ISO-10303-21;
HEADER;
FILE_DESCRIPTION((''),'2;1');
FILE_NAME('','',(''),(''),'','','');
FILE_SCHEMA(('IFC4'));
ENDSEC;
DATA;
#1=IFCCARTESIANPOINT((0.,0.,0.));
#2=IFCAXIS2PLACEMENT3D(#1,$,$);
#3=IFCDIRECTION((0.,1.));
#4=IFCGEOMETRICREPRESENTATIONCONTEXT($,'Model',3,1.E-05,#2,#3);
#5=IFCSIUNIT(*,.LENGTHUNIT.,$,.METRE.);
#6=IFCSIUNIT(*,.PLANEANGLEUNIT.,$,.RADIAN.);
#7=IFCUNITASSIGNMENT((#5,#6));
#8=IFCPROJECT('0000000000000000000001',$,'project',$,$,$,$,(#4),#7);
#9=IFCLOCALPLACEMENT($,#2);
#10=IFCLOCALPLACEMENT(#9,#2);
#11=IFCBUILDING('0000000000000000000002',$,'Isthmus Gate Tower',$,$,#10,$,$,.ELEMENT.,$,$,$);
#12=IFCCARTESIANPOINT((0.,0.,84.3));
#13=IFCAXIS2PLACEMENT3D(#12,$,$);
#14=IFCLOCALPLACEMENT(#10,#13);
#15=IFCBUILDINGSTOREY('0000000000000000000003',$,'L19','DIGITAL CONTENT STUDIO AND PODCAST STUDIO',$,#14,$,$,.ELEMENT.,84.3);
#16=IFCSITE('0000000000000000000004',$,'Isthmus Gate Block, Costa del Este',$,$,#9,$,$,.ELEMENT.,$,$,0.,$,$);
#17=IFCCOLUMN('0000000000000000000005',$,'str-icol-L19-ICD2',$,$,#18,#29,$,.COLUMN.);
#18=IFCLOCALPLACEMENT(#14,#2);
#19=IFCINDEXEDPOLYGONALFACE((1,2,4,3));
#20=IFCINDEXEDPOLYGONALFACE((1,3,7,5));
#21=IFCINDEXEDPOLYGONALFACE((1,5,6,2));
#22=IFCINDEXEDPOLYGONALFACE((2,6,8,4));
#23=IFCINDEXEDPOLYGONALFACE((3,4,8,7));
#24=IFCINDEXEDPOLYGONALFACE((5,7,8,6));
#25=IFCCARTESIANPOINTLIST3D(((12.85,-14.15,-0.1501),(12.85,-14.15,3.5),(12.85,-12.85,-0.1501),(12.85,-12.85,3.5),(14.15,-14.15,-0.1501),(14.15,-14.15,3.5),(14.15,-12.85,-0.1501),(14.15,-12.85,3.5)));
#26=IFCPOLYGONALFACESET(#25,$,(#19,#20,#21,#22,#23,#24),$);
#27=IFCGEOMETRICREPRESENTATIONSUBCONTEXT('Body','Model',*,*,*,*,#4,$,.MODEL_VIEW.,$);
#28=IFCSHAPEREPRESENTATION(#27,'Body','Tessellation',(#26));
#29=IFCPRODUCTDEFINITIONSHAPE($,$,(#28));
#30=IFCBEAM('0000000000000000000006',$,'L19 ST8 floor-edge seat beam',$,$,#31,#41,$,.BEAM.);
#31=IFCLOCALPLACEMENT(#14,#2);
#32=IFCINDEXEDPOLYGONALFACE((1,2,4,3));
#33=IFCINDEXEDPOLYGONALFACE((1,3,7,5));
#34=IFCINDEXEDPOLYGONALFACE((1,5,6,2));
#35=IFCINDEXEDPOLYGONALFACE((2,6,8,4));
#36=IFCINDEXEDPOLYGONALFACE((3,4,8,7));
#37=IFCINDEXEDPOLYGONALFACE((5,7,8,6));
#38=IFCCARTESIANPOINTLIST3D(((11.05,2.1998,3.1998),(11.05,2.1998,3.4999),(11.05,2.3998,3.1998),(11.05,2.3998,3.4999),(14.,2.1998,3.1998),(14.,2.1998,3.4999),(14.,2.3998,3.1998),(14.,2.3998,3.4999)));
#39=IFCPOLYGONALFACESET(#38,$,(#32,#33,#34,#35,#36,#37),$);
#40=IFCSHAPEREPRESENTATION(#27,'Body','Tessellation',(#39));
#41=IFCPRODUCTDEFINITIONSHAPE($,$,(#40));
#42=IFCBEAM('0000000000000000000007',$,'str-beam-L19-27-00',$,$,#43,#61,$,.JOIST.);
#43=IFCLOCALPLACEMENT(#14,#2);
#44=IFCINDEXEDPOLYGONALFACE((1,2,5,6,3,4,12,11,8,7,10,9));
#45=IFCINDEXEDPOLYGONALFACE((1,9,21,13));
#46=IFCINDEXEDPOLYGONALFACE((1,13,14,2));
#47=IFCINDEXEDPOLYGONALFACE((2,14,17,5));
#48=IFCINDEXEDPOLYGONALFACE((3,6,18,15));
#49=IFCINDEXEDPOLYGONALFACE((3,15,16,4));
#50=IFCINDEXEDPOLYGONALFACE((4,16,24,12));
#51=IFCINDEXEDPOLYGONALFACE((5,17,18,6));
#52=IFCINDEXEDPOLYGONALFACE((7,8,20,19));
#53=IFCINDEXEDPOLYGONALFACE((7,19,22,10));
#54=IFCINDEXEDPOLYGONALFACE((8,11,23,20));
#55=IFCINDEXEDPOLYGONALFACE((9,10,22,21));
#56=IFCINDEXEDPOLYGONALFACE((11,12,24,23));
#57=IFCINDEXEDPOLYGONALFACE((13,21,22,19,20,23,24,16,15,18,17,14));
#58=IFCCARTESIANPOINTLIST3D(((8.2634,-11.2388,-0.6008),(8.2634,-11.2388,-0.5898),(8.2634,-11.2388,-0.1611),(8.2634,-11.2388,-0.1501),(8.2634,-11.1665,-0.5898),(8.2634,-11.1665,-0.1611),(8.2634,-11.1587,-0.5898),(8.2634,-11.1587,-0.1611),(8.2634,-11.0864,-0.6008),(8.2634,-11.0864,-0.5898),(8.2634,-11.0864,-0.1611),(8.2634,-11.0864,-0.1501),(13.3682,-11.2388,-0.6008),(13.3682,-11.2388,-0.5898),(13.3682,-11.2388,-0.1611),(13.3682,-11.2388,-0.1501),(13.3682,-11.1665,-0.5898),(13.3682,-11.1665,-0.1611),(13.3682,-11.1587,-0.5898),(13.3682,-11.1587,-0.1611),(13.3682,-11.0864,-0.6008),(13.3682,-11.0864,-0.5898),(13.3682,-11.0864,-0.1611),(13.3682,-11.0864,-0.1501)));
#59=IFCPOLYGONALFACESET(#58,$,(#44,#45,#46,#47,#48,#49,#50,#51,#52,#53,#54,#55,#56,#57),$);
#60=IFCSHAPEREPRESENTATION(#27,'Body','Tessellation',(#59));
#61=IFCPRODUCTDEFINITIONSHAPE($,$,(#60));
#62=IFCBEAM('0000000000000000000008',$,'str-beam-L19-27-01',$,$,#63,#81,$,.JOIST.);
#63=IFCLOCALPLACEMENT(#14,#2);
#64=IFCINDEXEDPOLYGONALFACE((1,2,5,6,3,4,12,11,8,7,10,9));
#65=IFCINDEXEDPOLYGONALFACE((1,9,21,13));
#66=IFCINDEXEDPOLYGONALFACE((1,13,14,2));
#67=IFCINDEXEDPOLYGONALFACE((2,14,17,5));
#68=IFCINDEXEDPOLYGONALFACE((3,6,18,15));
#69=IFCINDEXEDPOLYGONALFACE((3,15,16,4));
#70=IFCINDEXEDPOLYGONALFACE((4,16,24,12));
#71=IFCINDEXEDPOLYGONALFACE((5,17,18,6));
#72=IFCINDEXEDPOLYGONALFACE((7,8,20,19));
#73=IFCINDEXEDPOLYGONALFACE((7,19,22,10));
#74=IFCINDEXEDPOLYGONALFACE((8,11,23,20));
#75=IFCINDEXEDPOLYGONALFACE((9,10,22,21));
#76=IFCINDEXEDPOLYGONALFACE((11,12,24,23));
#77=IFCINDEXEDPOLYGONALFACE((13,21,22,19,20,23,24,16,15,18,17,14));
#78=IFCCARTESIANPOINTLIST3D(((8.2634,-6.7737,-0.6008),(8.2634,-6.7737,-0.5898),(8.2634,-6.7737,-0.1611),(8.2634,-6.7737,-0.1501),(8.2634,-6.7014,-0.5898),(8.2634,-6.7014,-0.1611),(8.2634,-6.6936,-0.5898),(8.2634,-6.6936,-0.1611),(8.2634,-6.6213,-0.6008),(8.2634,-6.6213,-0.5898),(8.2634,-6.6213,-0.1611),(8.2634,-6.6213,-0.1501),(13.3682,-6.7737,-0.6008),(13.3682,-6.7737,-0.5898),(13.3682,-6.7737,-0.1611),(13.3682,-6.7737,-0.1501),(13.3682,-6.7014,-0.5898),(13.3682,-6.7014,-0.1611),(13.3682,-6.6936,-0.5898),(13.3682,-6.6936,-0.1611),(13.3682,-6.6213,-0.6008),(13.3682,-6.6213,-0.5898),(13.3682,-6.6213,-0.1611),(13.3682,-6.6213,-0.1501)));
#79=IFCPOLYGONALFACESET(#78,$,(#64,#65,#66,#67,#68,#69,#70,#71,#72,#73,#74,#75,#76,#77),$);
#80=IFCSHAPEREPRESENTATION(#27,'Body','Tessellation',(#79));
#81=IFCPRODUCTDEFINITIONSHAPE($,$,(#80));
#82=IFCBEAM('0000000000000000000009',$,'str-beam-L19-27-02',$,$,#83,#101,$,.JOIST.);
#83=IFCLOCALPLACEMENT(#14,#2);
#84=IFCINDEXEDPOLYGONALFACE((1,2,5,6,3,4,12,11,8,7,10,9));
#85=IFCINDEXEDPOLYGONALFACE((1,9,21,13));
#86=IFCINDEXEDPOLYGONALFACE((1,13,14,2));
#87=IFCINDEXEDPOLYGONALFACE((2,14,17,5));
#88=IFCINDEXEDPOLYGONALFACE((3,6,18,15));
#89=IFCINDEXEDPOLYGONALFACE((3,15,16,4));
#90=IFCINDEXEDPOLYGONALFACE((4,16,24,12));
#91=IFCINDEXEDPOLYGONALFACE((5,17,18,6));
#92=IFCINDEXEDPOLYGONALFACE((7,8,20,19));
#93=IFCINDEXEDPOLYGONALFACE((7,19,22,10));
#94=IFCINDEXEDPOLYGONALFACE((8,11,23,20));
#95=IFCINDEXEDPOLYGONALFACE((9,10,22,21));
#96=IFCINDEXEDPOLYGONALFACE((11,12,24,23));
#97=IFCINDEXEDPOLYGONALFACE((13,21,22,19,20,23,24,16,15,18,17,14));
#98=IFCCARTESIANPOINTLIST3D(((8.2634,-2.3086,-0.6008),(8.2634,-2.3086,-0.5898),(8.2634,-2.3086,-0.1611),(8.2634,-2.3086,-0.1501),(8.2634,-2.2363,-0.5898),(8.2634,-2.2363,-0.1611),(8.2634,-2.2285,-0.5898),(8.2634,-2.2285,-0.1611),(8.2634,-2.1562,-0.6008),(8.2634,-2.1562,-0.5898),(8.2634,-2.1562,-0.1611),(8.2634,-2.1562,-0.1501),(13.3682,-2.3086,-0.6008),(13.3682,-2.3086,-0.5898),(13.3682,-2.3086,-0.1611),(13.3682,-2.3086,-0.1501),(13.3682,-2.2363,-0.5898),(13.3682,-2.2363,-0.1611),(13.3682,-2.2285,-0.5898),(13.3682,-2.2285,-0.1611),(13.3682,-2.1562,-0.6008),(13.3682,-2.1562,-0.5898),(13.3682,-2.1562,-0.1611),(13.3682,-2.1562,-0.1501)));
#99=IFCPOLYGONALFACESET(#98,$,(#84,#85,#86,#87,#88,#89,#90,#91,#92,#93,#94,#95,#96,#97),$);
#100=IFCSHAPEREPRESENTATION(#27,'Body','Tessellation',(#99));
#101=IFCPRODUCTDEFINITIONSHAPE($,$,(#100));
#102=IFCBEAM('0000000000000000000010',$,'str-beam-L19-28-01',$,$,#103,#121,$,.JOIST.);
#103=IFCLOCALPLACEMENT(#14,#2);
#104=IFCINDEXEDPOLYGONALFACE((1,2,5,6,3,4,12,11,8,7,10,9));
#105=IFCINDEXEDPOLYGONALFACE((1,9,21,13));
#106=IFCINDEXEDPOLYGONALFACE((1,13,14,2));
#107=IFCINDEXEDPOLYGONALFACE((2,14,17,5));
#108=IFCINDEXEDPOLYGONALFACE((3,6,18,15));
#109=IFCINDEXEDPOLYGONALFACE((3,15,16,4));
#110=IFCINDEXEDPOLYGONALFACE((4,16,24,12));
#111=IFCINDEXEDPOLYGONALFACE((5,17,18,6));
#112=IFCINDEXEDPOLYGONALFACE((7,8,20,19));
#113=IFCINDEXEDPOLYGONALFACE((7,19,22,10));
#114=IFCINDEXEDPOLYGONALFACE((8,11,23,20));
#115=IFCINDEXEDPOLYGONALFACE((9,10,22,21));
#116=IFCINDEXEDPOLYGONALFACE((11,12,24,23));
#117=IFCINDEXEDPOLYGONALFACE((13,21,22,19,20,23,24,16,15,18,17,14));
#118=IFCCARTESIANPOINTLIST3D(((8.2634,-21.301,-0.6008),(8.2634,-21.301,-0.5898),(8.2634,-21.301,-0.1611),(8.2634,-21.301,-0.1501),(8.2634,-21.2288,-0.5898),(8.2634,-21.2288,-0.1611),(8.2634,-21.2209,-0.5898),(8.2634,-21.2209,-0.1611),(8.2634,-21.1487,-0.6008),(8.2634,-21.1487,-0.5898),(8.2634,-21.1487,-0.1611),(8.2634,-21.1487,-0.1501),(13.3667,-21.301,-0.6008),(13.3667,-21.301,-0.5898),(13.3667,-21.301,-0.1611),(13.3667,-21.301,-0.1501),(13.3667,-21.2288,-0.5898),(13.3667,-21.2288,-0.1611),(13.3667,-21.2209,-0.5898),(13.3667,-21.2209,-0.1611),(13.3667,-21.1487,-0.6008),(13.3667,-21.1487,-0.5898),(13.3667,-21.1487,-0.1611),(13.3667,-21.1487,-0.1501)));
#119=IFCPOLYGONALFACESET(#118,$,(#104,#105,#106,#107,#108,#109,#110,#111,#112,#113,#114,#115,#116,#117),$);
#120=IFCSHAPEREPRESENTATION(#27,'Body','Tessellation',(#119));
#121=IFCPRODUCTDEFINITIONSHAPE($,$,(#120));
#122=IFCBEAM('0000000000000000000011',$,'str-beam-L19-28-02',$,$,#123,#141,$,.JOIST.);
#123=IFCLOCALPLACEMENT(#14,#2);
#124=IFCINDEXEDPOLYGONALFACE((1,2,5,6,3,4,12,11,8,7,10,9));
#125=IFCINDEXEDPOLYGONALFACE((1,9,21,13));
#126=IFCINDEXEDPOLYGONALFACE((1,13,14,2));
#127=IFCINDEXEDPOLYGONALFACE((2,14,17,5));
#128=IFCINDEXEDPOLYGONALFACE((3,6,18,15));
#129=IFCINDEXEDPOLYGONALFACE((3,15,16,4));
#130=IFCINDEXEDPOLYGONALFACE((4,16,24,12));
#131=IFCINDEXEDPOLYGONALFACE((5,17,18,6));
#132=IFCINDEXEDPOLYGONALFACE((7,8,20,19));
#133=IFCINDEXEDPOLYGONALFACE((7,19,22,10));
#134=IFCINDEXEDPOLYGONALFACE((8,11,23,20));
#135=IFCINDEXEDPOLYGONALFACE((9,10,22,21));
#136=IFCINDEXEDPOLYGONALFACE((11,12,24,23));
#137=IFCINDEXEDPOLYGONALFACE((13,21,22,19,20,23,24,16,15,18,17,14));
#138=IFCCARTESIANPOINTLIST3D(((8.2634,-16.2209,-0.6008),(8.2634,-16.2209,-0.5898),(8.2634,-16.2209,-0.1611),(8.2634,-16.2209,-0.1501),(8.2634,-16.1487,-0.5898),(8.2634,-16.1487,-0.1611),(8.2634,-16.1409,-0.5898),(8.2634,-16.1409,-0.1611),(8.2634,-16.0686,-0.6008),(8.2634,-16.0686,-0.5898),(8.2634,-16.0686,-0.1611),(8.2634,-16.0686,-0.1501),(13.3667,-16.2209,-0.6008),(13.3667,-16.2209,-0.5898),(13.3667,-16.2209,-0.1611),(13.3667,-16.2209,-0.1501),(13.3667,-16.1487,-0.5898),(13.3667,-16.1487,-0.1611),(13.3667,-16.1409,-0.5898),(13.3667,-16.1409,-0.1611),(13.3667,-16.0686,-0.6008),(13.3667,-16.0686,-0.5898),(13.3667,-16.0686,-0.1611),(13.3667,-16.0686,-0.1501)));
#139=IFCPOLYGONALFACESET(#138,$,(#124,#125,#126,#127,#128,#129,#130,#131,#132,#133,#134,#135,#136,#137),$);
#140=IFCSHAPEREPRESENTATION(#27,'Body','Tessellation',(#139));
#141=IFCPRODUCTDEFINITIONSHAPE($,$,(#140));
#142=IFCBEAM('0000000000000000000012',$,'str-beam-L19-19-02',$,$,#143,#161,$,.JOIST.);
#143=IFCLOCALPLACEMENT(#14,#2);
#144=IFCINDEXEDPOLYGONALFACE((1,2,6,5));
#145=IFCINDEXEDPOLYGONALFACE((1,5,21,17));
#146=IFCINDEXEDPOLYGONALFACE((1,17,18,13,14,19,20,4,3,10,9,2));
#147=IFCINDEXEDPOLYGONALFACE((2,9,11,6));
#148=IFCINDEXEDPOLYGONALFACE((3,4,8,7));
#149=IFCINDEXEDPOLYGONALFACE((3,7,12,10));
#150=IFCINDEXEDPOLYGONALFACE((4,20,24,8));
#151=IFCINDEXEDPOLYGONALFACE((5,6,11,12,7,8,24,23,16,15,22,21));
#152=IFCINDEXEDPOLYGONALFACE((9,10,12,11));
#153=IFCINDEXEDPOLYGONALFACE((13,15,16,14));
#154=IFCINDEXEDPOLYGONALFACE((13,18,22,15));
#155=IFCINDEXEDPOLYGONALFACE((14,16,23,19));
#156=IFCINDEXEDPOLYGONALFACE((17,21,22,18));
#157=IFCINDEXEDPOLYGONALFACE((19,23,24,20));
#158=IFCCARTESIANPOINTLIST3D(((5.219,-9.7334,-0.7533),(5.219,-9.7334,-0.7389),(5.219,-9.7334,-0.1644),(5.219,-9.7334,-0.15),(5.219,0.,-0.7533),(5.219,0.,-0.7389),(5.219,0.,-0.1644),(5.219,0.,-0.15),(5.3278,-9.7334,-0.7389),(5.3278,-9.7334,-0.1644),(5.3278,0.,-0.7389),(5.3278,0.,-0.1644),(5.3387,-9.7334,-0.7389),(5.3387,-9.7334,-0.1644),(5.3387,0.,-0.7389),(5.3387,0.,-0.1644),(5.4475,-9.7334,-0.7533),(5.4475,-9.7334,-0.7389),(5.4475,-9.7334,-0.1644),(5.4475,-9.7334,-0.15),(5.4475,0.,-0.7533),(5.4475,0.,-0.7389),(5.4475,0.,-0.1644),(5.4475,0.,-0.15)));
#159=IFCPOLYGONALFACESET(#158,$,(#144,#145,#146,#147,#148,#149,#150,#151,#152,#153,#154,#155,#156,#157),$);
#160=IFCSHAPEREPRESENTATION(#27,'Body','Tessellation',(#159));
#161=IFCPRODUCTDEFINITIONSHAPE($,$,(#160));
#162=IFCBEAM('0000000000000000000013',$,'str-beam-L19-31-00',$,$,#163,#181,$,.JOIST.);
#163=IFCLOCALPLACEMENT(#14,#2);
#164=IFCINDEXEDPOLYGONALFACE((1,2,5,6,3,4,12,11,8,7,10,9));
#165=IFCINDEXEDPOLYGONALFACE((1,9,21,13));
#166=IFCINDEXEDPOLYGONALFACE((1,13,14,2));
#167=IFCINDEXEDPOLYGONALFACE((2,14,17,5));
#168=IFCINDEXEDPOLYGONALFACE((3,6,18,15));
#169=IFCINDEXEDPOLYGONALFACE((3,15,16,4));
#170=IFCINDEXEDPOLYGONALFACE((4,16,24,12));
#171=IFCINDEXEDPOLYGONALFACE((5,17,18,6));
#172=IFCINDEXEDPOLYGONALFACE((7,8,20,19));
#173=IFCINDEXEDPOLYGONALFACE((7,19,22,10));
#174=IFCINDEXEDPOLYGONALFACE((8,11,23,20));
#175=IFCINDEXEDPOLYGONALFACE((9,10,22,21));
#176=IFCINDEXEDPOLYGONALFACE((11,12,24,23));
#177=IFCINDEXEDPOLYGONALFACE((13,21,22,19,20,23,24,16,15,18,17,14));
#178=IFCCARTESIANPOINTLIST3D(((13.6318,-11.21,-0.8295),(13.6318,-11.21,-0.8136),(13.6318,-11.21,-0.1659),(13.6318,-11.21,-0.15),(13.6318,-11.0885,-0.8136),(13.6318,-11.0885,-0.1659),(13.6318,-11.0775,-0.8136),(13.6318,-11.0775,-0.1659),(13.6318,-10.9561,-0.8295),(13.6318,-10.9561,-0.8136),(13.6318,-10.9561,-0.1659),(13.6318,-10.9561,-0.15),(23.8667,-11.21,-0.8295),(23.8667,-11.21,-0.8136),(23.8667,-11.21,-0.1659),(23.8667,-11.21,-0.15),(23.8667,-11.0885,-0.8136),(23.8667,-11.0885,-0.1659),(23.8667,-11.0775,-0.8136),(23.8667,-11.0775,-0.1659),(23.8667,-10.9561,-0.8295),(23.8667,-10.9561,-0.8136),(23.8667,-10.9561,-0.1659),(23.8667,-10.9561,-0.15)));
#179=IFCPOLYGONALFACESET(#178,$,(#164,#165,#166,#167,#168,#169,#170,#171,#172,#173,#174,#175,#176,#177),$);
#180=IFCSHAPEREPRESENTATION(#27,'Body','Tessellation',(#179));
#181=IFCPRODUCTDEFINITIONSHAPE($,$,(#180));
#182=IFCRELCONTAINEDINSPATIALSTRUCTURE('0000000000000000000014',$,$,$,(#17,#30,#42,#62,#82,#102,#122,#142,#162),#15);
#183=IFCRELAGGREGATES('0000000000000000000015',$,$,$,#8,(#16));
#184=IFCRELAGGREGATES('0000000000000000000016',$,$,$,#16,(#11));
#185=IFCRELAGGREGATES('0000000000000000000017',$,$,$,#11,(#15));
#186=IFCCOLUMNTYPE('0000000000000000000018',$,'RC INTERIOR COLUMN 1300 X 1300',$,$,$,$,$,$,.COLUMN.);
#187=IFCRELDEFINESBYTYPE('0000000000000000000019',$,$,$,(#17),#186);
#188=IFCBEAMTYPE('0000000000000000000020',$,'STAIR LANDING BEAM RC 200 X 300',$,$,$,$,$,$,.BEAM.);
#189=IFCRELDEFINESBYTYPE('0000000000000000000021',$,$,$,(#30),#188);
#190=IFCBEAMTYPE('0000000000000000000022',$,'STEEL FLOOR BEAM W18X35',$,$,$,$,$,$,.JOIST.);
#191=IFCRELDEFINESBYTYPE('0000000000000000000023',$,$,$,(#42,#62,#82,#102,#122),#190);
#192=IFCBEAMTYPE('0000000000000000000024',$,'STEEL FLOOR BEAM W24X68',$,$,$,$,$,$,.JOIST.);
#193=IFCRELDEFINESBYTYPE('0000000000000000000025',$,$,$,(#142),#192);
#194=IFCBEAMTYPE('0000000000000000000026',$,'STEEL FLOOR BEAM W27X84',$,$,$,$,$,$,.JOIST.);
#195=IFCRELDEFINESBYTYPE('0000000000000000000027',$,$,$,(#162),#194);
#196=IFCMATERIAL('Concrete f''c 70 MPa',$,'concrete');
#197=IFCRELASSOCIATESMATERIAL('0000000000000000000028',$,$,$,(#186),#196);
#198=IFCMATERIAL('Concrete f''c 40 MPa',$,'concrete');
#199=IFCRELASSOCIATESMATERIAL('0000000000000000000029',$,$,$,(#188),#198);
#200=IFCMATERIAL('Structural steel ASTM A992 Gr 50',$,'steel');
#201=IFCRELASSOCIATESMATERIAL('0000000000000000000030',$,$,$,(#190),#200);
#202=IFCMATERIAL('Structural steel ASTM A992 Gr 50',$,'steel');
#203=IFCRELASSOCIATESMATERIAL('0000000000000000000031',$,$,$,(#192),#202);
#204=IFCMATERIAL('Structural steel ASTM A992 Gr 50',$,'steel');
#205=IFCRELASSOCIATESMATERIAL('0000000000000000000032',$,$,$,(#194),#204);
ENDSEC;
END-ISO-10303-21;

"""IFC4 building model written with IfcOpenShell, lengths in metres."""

from ifc_helpers import new_model, si_unit, direction, frame, origin, origin_2d, place, context, subcontext, project, spatial, rectangle, i_section, extrude, material, material_profile, profile_set, type_object, element, save


model = new_model("IFC4")

# Units and contexts
model_context = context("Model", 3, precision=1e-05, world=origin(), true_north=direction((0.0, 1.0)))
body_context = subcontext(model_context, "Body", "Model", "MODEL_VIEW")
ifc_project = project(units=[si_unit("LENGTHUNIT", "METRE"), si_unit("PLANEANGLEUNIT", "RADIAN")], contexts=[model_context])

# Site, building, storey
site_placement = place(None, origin())
site = spatial("IfcSite", under=ifc_project, at=site_placement, Name="Isthmus Gate Block, Costa del Este", CompositionType="ELEMENT", RefElevation=0.0)
building_placement = place(site_placement, origin())
building = spatial("IfcBuilding", under=site, at=building_placement, Name="Isthmus Gate Tower", CompositionType="ELEMENT")
storey_placement = place(building_placement, frame((0.0, 0.0, 84.3)))
storey = spatial("IfcBuildingStorey", under=building, at=storey_placement, Name="L19", Description="DIGITAL CONTENT STUDIO AND PODCAST STUDIO", CompositionType="ELEMENT", Elevation=84.3)

# Column
ifc_material_1 = material(Name="Concrete f'c 70 MPa", Category="concrete")
ifc_material_profile_1 = material_profile(ifc_material_1, rectangle(XDim=1.3, YDim=1.3, at=origin_2d()), Name="RC 1300X1300")
ifc_profile_set_1 = profile_set([ifc_material_profile_1], Name="Concrete f'c 70 MPa")
column_type = type_object("IfcColumnType", Name="RC INTERIOR COLUMN 1300 X 1300", PredefinedType="COLUMN", material=ifc_profile_set_1)
column_placement = place(storey_placement, frame((13.5, -13.5, -0.1501), z_axis=(0.0, 0.0, 1.0), x_axis=(1.0, 0.0, 0.0)))
element("IfcColumn", 1, at=column_placement, inside=storey, type_object=column_type, Name="str-icol-L19-ICD2", PredefinedType="COLUMN", context=body_context, shape_type="SweptSolid", body=[
    extrude(rectangle(XDim=1.3, YDim=1.3, at=origin_2d()), origin(), (0.0, 0.0, 1.0), 3.6501),
])

# Beams
ifc_material_2 = material(Name="Concrete f'c 40 MPa", Category="concrete")
ifc_material_profile_2 = material_profile(ifc_material_2, rectangle(XDim=0.2, YDim=0.3, at=origin_2d()), Name="STAIR LANDING BEAM RC 200 X 300")
ifc_profile_set_2 = profile_set([ifc_material_profile_2], Name="Concrete f'c 40 MPa")
beam_type_1 = type_object("IfcBeamType", Name="STAIR LANDING BEAM RC 200 X 300", PredefinedType="BEAM", material=ifc_profile_set_2)
beam_1_placement = place(storey_placement, frame((11.05, 2.2998, 3.3499), z_axis=(1.0, 0.0, 0.0), x_axis=(0.0, 1.0, 0.0)))
element("IfcBeam", 2, at=beam_1_placement, inside=storey, type_object=beam_type_1, Name="L19 ST8 floor-edge seat beam", PredefinedType="BEAM", context=body_context, shape_type="SweptSolid", body=[
    extrude(rectangle(XDim=0.2, YDim=0.3, at=origin_2d()), origin(), (0.0, 0.0, 1.0), 2.95),
])
ifc_material_3 = material(Name="Structural steel ASTM A992 Gr 50", Category="steel")
ifc_material_profile_3 = material_profile(ifc_material_3, i_section(OverallWidth=0.1523, OverallDepth=0.4507, WebThickness=0.0078, FlangeThickness=0.011, at=origin_2d()), Name="W18X35")
ifc_profile_set_3 = profile_set([ifc_material_profile_3], Name="Structural steel ASTM A992 Gr 50")
beam_type_2 = type_object("IfcBeamType", Name="STEEL FLOOR BEAM W18X35", PredefinedType="JOIST", material=ifc_profile_set_3)
for number, where, z_axis, x_axis, name in (
    (3, (8.2634, -11.1626, -0.3755), (1.0, 0.0, 0.0), (0.0, 1.0, 0.0), "str-beam-L19-27-00"),
    (4, (8.2634, -6.6975, -0.3755), (1.0, 0.0, 0.0), (0.0, 1.0, 0.0), "str-beam-L19-27-01"),
    (5, (8.2634, -2.2324, -0.3755), (1.0, 0.0, 0.0), (0.0, 1.0, 0.0), "str-beam-L19-27-02"),
):
    element("IfcBeam", number, at=place(storey_placement, frame(where, z_axis=z_axis, x_axis=x_axis)), inside=storey, type_object=beam_type_2, Name=name, PredefinedType="JOIST", context=body_context, shape_type="SweptSolid", body=[
        extrude(i_section(OverallWidth=0.1523, OverallDepth=0.4507, WebThickness=0.0078, FlangeThickness=0.011, at=origin_2d()), origin(), (0.0, 0.0, 1.0), 5.1047),
    ])
for number, where, z_axis, x_axis, name in (
    (6, (8.2634, -21.2249, -0.3755), (1.0, 0.0, 0.0), (0.0, 1.0, 0.0), "str-beam-L19-28-01"),
    (7, (8.2634, -16.1448, -0.3755), (1.0, 0.0, 0.0), (0.0, 1.0, 0.0), "str-beam-L19-28-02"),
):
    element("IfcBeam", number, at=place(storey_placement, frame(where, z_axis=z_axis, x_axis=x_axis)), inside=storey, type_object=beam_type_2, Name=name, PredefinedType="JOIST", context=body_context, shape_type="SweptSolid", body=[
        extrude(i_section(OverallWidth=0.1523, OverallDepth=0.4507, WebThickness=0.0078, FlangeThickness=0.011, at=origin_2d()), origin(), (0.0, 0.0, 1.0), 5.1033),
    ])
ifc_material_4 = material(Name="Structural steel ASTM A992 Gr 50", Category="steel")
ifc_material_profile_4 = material_profile(ifc_material_4, i_section(OverallWidth=0.2285, OverallDepth=0.6033, WebThickness=0.011, FlangeThickness=0.0144, at=origin_2d()), Name="W24X68")
ifc_profile_set_4 = profile_set([ifc_material_profile_4], Name="Structural steel ASTM A992 Gr 50")
beam_type_3 = type_object("IfcBeamType", Name="STEEL FLOOR BEAM W24X68", PredefinedType="JOIST", material=ifc_profile_set_4)
beam_2_placement = place(storey_placement, frame((5.3333, -9.7334, -0.4517), z_axis=(0.0, 1.0, 0.0), x_axis=(-1.0, 0.0, 0.0)))
element("IfcBeam", 8, at=beam_2_placement, inside=storey, type_object=beam_type_3, Name="str-beam-L19-19-02", PredefinedType="JOIST", context=body_context, shape_type="SweptSolid", body=[
    extrude(i_section(OverallWidth=0.2285, OverallDepth=0.6033, WebThickness=0.011, FlangeThickness=0.0144, at=origin_2d()), origin(), (0.0, 0.0, 1.0), 9.7334),
])
ifc_material_5 = material(Name="Structural steel ASTM A992 Gr 50", Category="steel")
ifc_material_profile_5 = material_profile(ifc_material_5, i_section(OverallWidth=0.2539, OverallDepth=0.6794, WebThickness=0.011, FlangeThickness=0.0159, at=origin_2d()), Name="W27X84")
ifc_profile_set_5 = profile_set([ifc_material_profile_5], Name="Structural steel ASTM A992 Gr 50")
beam_type_4 = type_object("IfcBeamType", Name="STEEL FLOOR BEAM W27X84", PredefinedType="JOIST", material=ifc_profile_set_5)
for number, where, z_axis, x_axis, name in (
    (9, (13.6318, -11.083, -0.4897), (1.0, 0.0, 0.0), (0.0, 1.0, 0.0), "str-beam-L19-31-00"),
):
    element("IfcBeam", number, at=place(storey_placement, frame(where, z_axis=z_axis, x_axis=x_axis)), inside=storey, type_object=beam_type_4, Name=name, PredefinedType="JOIST", context=body_context, shape_type="SweptSolid", body=[
        extrude(i_section(OverallWidth=0.2539, OverallDepth=0.6794, WebThickness=0.011, FlangeThickness=0.0159, at=origin_2d()), origin(), (0.0, 0.0, 1.0), 10.2349),
    ])

save(model, "model.ifc")
